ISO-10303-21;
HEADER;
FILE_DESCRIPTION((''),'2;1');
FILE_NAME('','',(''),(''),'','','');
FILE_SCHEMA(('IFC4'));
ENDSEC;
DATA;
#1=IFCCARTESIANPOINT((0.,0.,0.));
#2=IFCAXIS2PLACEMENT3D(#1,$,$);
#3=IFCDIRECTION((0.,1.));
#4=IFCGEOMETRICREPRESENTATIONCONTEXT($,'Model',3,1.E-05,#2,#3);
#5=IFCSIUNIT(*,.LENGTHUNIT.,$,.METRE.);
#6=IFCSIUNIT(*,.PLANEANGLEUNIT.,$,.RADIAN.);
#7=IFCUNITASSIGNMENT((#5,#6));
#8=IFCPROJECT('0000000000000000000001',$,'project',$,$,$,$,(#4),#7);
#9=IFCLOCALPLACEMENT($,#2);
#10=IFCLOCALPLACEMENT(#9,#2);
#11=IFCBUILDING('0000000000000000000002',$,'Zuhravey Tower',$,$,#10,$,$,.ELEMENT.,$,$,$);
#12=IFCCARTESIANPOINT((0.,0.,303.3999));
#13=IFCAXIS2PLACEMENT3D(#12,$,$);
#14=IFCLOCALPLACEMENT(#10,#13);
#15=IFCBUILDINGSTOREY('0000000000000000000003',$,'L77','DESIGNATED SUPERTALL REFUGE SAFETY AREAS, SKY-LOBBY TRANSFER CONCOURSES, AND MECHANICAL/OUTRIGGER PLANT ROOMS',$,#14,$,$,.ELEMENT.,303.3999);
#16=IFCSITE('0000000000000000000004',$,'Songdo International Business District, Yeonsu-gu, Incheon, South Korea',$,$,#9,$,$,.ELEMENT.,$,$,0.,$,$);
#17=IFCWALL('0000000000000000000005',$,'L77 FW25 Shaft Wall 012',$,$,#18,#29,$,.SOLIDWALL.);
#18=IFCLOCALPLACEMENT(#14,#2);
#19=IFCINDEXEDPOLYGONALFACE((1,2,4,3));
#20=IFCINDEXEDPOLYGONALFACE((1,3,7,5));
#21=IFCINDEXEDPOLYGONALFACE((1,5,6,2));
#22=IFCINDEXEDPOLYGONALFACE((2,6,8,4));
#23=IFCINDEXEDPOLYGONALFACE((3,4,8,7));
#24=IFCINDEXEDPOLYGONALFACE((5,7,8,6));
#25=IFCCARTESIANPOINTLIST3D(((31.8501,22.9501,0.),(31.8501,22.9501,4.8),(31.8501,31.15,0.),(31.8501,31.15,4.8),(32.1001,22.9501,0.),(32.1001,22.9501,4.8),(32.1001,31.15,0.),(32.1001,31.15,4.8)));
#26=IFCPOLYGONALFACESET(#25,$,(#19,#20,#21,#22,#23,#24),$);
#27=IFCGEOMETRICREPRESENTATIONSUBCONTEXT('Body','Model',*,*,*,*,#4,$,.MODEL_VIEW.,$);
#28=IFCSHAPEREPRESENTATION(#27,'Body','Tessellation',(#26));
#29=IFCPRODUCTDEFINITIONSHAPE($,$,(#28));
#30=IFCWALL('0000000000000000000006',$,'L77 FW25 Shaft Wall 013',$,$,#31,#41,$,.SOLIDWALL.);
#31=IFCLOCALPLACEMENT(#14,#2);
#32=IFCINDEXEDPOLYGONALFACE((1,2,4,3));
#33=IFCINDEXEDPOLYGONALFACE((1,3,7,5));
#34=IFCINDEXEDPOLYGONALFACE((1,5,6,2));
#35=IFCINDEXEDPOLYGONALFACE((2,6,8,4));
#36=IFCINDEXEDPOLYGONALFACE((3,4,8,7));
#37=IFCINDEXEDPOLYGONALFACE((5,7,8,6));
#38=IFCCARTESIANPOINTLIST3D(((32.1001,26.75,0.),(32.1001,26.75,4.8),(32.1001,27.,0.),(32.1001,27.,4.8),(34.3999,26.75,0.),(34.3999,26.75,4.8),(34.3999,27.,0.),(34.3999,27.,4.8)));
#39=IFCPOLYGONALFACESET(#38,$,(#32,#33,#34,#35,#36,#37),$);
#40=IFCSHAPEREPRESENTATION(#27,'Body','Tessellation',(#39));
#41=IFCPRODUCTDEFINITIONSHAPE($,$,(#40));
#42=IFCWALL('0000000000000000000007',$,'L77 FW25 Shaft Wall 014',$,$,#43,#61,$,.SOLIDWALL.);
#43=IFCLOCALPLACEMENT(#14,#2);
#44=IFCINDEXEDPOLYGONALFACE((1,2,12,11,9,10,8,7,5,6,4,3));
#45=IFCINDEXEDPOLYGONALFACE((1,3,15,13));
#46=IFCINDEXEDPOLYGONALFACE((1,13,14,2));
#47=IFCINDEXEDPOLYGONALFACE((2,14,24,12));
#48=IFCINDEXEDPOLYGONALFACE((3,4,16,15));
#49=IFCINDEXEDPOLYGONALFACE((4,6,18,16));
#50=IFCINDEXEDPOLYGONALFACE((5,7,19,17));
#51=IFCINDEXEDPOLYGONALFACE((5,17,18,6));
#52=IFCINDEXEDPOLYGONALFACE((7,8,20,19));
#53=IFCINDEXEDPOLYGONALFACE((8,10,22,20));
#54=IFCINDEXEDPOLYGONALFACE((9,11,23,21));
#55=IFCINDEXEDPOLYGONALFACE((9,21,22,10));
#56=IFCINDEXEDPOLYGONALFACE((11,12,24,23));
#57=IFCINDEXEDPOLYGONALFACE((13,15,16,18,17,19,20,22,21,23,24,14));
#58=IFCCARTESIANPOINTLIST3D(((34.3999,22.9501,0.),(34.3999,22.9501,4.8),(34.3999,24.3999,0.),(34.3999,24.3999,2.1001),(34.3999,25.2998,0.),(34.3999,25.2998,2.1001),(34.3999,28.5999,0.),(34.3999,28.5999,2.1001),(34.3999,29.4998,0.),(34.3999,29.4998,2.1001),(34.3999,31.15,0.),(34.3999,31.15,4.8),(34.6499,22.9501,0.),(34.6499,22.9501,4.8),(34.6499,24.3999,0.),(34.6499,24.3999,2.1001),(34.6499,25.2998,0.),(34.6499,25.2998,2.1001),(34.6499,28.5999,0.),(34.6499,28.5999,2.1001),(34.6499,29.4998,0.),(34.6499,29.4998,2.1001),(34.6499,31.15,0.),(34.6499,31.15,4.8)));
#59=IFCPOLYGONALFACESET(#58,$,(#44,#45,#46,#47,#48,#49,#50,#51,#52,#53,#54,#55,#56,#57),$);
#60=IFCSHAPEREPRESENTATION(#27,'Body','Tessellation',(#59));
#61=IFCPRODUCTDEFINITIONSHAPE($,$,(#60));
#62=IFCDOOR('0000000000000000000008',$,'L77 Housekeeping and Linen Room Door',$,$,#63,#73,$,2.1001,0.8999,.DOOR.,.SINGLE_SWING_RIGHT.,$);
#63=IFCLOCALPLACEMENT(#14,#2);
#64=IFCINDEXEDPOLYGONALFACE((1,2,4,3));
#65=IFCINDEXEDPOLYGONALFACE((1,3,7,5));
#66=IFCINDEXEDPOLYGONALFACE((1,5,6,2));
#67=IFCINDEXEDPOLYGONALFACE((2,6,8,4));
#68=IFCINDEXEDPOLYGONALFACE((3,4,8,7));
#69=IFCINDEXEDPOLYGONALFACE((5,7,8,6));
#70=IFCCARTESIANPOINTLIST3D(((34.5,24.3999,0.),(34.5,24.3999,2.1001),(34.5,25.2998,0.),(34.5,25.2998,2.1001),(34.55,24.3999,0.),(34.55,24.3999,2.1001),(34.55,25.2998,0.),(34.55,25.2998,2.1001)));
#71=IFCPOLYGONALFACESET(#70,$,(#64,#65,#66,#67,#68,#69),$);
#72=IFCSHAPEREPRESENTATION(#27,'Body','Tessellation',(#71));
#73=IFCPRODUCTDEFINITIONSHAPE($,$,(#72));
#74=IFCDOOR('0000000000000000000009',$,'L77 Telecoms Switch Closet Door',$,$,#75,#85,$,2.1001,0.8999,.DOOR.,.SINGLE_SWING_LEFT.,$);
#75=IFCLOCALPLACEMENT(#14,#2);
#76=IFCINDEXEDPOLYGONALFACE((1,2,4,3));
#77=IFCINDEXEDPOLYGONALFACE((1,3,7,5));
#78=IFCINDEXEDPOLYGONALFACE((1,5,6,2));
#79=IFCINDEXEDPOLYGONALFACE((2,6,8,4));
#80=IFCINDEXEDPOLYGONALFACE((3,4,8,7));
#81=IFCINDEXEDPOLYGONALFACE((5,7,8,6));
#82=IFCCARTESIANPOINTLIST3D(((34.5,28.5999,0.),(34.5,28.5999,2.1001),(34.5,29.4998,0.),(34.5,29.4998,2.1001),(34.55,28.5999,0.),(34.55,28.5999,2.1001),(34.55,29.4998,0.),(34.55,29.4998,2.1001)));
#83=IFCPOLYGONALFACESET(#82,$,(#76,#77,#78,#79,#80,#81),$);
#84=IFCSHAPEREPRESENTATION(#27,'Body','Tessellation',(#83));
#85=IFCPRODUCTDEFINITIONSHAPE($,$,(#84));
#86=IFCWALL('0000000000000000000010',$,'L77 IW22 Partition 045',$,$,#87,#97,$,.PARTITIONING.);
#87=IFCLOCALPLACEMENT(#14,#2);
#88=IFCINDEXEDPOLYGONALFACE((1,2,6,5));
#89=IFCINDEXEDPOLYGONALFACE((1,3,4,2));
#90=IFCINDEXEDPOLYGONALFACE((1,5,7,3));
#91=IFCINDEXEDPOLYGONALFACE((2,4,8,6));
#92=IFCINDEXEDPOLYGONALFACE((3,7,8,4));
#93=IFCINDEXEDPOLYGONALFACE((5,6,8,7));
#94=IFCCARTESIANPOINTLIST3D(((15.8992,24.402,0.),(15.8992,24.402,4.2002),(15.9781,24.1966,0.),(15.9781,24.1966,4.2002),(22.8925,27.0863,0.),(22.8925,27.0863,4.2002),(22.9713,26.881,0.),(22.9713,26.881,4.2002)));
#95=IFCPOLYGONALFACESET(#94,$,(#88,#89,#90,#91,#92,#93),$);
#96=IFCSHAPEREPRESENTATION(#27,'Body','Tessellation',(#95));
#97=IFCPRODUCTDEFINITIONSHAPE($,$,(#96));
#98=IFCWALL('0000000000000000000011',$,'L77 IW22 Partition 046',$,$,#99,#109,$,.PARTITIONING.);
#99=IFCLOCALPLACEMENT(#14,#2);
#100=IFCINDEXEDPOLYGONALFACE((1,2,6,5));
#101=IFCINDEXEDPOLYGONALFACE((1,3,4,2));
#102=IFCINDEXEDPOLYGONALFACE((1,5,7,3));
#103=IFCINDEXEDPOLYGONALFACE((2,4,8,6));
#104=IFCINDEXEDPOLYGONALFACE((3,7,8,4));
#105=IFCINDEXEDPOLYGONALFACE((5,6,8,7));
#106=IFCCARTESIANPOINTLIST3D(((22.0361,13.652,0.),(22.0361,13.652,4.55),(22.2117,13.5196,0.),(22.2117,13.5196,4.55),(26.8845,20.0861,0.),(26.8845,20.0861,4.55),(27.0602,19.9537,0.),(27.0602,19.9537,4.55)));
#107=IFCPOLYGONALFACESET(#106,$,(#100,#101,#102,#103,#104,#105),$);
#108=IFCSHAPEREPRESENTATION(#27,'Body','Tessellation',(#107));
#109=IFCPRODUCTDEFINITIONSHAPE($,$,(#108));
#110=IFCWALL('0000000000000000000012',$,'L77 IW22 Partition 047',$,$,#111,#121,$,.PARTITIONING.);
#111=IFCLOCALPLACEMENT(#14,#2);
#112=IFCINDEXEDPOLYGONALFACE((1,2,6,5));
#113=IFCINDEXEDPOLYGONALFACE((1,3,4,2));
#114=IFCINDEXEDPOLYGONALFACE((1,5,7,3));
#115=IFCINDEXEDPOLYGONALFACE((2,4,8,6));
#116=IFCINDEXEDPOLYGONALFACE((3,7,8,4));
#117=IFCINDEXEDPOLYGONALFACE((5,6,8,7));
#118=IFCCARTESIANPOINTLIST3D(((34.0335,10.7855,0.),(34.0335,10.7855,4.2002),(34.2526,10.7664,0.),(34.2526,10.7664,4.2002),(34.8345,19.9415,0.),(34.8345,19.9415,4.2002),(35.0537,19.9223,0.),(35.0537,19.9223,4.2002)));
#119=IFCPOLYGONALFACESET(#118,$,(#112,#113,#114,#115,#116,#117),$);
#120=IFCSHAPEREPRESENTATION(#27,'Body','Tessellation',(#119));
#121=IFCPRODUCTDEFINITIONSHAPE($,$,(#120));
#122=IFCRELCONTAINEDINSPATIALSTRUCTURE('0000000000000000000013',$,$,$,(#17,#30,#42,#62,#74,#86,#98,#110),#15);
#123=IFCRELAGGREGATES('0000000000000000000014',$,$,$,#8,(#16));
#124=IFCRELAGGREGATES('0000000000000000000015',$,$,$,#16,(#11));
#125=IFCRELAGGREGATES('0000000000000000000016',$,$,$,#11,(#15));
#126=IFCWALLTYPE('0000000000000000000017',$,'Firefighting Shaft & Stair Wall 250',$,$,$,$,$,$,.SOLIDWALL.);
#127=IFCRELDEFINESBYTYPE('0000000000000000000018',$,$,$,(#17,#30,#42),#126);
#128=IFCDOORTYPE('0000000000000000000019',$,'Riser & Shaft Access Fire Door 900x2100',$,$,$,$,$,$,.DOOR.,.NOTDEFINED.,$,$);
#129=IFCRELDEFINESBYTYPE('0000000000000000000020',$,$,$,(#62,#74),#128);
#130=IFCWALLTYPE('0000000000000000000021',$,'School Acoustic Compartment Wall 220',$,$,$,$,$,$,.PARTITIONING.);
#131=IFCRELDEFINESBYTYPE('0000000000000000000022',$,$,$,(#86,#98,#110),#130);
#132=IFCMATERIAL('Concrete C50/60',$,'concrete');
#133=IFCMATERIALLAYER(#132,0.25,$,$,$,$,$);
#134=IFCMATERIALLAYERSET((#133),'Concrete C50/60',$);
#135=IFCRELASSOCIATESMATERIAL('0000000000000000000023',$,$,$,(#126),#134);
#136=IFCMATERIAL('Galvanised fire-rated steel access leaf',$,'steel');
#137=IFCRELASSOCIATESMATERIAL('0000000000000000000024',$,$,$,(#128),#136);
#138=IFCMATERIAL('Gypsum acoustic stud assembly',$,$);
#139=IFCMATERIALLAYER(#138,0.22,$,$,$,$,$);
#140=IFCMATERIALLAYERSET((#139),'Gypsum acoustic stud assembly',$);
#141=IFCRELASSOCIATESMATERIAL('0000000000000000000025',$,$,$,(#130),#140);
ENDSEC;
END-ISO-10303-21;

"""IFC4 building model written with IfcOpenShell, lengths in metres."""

from ifc_helpers import new_model, si_unit, direction, frame, frame_2d, origin, place, context, subcontext, project, spatial, rectangle, extrude, material, layer, layer_set, type_object, element, fill, save


model = new_model("IFC4")

# Units and contexts
model_context = context("Model", 3, precision=1e-05, world=origin(), true_north=direction((0.0, 1.0)))
body_context = subcontext(model_context, "Body", "Model", "MODEL_VIEW")
ifc_project = project(units=[si_unit("LENGTHUNIT", "METRE"), si_unit("PLANEANGLEUNIT", "RADIAN")], contexts=[model_context])

# Site, building, storey
site_placement = place(None, origin())
site = spatial("IfcSite", under=ifc_project, at=site_placement, Name="Songdo International Business District, Yeonsu-gu, Incheon, South Korea", CompositionType="ELEMENT", RefElevation=0.0)
building_placement = place(site_placement, origin())
building = spatial("IfcBuilding", under=site, at=building_placement, Name="Zuhravey Tower", CompositionType="ELEMENT")
storey_placement = place(building_placement, frame((0.0, 0.0, 303.3999)))
storey = spatial("IfcBuildingStorey", under=building, at=storey_placement, Name="L77", Description="DESIGNATED SUPERTALL REFUGE SAFETY AREAS, SKY-LOBBY TRANSFER CONCOURSES, AND MECHANICAL/OUTRIGGER PLANT ROOMS", CompositionType="ELEMENT", Elevation=303.3999)

# Shared definitions
ifc_material_1 = material(Name="Concrete C50/60", Category="concrete")

# Shared definitions
ifc_layer_1 = layer(ifc_material_1, 0.25)
ifc_layer_set_1 = layer_set([ifc_layer_1], Name="Concrete C50/60")
wall_type_1 = type_object("IfcWallType", Name="Firefighting Shaft & Stair Wall 250", PredefinedType="SOLIDWALL", material=ifc_layer_set_1)

# Shared definitions
ifc_material_2 = material(Name="Galvanised fire-rated steel access leaf", Category="steel")
door_type_1 = type_object("IfcDoorType", Name="Riser & Shaft Access Fire Door 900x2100", OperationType="NOTDEFINED", PredefinedType="DOOR", material=ifc_material_2)

# Walls
wall_1_placement = place(storey_placement, frame((31.9751, 22.95, 0.0), z_axis=(0.0, 0.0, 1.0), x_axis=(0.0, 1.0, 0.0)))
element("IfcWall", 1, at=wall_1_placement, inside=storey, type_object=wall_type_1, Name="L77 FW25 Shaft Wall 012", PredefinedType="SOLIDWALL", context=body_context, shape_type="SweptSolid", body=[
    extrude(rectangle(XDim=8.2, YDim=0.25, at=frame_2d((4.1001, 0.0))), origin(), (0.0, 0.0, 1.0), 4.8),
])
wall_2_placement = place(storey_placement, frame((32.1001, 26.875, 0.0), z_axis=(0.0, 0.0, 1.0), x_axis=(1.0, 0.0, 0.0)))
element("IfcWall", 2, at=wall_2_placement, inside=storey, type_object=wall_type_1, Name="L77 FW25 Shaft Wall 013", PredefinedType="SOLIDWALL", context=body_context, shape_type="SweptSolid", body=[
    extrude(rectangle(XDim=2.2998, YDim=0.25, at=frame_2d((1.1499, 0.0))), origin(), (0.0, 0.0, 1.0), 4.8),
])

# Wall, openings, doors
wall_3_placement = place(storey_placement, frame((34.5249, 22.95, 0.0), z_axis=(0.0, 0.0, 1.0), x_axis=(0.0, 1.0, 0.0)))
wall_3 = element("IfcWall", 3, at=wall_3_placement, inside=storey, type_object=wall_type_1, Name="L77 FW25 Shaft Wall 014", PredefinedType="SOLIDWALL", context=body_context, shape_type="SweptSolid", body=[
    extrude(rectangle(XDim=8.2, YDim=0.25, at=frame_2d((4.1001, 0.0))), origin(), (0.0, 0.0, 1.0), 4.8),
])
opening_1_placement = place(wall_3_placement, frame((1.45, 0.0, 0.0)))
opening_1 = element("IfcOpeningElement", 4, at=opening_1_placement, cuts=wall_3, PredefinedType="OPENING", context=body_context, shape_type="SweptSolid", body=[
    extrude(rectangle(XDim=0.8999, YDim=2.1001, at=frame_2d((0.45, 1.05))), frame((0.0, 0.137, 0.0), z_axis=(0.0, -1.0, 0.0), x_axis=(1.0, 0.0, 0.0)), (0.0, 0.0, 1.0), 0.2739),
])
opening_2_placement = place(wall_3_placement, frame((5.6499, 0.0, 0.0)))
opening_2 = element("IfcOpeningElement", 5, at=opening_2_placement, cuts=wall_3, PredefinedType="OPENING", context=body_context, shape_type="SweptSolid", body=[
    extrude(rectangle(XDim=0.8999, YDim=2.1001, at=frame_2d((0.45, 1.05))), frame((0.0, 0.137, 0.0), z_axis=(0.0, -1.0, 0.0), x_axis=(1.0, 0.0, 0.0)), (0.0, 0.0, 1.0), 0.2739),
])
door_1_placement = place(opening_1_placement, origin())
door_1 = element("IfcDoor", 6, at=door_1_placement, inside=storey, type_object=door_type_1, Name="L77 Housekeeping and Linen Room Door", OperationType="SINGLE_SWING_RIGHT", OverallHeight=2.1001, OverallWidth=0.8999, PredefinedType="DOOR", context=body_context, shape_type="SweptSolid", body=[
    extrude(rectangle(XDim=0.8999, YDim=2.1001, at=frame_2d((0.45, 1.05))), frame((0.0, 0.0249, 0.0), z_axis=(0.0, -1.0, 0.0), x_axis=(1.0, 0.0, 0.0)), (0.0, 0.0, 1.0), 0.05),
])
fill(opening_1, door_1)
door_2_placement = place(opening_2_placement, origin())
door_2 = element("IfcDoor", 7, at=door_2_placement, inside=storey, type_object=door_type_1, Name="L77 Telecoms Switch Closet Door", OperationType="SINGLE_SWING_LEFT", OverallHeight=2.1001, OverallWidth=0.8999, PredefinedType="DOOR", context=body_context, shape_type="SweptSolid", body=[
    extrude(rectangle(XDim=0.8999, YDim=2.1001, at=frame_2d((0.45, 1.05))), frame((0.0, 0.0249, 0.0), z_axis=(0.0, -1.0, 0.0), x_axis=(1.0, 0.0, 0.0)), (0.0, 0.0, 1.0), 0.05),
])
fill(opening_2, door_2)

# Walls
ifc_material_3 = material(Name="Gypsum acoustic stud assembly")
ifc_layer_2 = layer(ifc_material_3, 0.22)
ifc_layer_set_2 = layer_set([ifc_layer_2], Name="Gypsum acoustic stud assembly")
wall_type_2 = type_object("IfcWallType", Name="School Acoustic Compartment Wall 220", PredefinedType="PARTITIONING", material=ifc_layer_set_2)
wall_4_placement = place(storey_placement, frame((22.9319, 26.9836, 0.0), z_axis=(0.0, 0.0, 1.0), x_axis=(-0.933585, -0.358357, 0.0)))
element("IfcWall", 8, at=wall_4_placement, inside=storey, type_object=wall_type_2, Name="L77 IW22 Partition 045", PredefinedType="PARTITIONING", context=body_context, shape_type="SweptSolid", body=[
    extrude(rectangle(XDim=7.4907, YDim=0.22, at=frame_2d((3.7454, 0.0))), origin(), (0.0, 0.0, 1.0), 4.2002),
])
wall_5_placement = place(storey_placement, frame((26.9724, 20.02, 0.0), z_axis=(0.0, 0.0, 1.0), x_axis=(-0.601812, -0.798638, 0.0)))
element("IfcWall", 9, at=wall_5_placement, inside=storey, type_object=wall_type_2, Name="L77 IW22 Partition 046", PredefinedType="PARTITIONING", context=body_context, shape_type="SweptSolid", body=[
    extrude(rectangle(XDim=8.0564, YDim=0.22, at=frame_2d((4.0283, 0.0))), origin(), (0.0, 0.0, 1.0), 4.55),
])
wall_6_placement = place(storey_placement, frame((34.9441, 19.9319, 0.0), z_axis=(0.0, 0.0, 1.0), x_axis=(-0.087153, -0.996195, 0.0)))
element("IfcWall", 10, at=wall_6_placement, inside=storey, type_object=wall_type_2, Name="L77 IW22 Partition 047", PredefinedType="PARTITIONING", context=body_context, shape_type="SweptSolid", body=[
    extrude(rectangle(XDim=9.1909, YDim=0.22, at=frame_2d((4.5955, 0.0))), origin(), (0.0, 0.0, 1.0), 4.2002),
])

save(model, "model.ifc")
